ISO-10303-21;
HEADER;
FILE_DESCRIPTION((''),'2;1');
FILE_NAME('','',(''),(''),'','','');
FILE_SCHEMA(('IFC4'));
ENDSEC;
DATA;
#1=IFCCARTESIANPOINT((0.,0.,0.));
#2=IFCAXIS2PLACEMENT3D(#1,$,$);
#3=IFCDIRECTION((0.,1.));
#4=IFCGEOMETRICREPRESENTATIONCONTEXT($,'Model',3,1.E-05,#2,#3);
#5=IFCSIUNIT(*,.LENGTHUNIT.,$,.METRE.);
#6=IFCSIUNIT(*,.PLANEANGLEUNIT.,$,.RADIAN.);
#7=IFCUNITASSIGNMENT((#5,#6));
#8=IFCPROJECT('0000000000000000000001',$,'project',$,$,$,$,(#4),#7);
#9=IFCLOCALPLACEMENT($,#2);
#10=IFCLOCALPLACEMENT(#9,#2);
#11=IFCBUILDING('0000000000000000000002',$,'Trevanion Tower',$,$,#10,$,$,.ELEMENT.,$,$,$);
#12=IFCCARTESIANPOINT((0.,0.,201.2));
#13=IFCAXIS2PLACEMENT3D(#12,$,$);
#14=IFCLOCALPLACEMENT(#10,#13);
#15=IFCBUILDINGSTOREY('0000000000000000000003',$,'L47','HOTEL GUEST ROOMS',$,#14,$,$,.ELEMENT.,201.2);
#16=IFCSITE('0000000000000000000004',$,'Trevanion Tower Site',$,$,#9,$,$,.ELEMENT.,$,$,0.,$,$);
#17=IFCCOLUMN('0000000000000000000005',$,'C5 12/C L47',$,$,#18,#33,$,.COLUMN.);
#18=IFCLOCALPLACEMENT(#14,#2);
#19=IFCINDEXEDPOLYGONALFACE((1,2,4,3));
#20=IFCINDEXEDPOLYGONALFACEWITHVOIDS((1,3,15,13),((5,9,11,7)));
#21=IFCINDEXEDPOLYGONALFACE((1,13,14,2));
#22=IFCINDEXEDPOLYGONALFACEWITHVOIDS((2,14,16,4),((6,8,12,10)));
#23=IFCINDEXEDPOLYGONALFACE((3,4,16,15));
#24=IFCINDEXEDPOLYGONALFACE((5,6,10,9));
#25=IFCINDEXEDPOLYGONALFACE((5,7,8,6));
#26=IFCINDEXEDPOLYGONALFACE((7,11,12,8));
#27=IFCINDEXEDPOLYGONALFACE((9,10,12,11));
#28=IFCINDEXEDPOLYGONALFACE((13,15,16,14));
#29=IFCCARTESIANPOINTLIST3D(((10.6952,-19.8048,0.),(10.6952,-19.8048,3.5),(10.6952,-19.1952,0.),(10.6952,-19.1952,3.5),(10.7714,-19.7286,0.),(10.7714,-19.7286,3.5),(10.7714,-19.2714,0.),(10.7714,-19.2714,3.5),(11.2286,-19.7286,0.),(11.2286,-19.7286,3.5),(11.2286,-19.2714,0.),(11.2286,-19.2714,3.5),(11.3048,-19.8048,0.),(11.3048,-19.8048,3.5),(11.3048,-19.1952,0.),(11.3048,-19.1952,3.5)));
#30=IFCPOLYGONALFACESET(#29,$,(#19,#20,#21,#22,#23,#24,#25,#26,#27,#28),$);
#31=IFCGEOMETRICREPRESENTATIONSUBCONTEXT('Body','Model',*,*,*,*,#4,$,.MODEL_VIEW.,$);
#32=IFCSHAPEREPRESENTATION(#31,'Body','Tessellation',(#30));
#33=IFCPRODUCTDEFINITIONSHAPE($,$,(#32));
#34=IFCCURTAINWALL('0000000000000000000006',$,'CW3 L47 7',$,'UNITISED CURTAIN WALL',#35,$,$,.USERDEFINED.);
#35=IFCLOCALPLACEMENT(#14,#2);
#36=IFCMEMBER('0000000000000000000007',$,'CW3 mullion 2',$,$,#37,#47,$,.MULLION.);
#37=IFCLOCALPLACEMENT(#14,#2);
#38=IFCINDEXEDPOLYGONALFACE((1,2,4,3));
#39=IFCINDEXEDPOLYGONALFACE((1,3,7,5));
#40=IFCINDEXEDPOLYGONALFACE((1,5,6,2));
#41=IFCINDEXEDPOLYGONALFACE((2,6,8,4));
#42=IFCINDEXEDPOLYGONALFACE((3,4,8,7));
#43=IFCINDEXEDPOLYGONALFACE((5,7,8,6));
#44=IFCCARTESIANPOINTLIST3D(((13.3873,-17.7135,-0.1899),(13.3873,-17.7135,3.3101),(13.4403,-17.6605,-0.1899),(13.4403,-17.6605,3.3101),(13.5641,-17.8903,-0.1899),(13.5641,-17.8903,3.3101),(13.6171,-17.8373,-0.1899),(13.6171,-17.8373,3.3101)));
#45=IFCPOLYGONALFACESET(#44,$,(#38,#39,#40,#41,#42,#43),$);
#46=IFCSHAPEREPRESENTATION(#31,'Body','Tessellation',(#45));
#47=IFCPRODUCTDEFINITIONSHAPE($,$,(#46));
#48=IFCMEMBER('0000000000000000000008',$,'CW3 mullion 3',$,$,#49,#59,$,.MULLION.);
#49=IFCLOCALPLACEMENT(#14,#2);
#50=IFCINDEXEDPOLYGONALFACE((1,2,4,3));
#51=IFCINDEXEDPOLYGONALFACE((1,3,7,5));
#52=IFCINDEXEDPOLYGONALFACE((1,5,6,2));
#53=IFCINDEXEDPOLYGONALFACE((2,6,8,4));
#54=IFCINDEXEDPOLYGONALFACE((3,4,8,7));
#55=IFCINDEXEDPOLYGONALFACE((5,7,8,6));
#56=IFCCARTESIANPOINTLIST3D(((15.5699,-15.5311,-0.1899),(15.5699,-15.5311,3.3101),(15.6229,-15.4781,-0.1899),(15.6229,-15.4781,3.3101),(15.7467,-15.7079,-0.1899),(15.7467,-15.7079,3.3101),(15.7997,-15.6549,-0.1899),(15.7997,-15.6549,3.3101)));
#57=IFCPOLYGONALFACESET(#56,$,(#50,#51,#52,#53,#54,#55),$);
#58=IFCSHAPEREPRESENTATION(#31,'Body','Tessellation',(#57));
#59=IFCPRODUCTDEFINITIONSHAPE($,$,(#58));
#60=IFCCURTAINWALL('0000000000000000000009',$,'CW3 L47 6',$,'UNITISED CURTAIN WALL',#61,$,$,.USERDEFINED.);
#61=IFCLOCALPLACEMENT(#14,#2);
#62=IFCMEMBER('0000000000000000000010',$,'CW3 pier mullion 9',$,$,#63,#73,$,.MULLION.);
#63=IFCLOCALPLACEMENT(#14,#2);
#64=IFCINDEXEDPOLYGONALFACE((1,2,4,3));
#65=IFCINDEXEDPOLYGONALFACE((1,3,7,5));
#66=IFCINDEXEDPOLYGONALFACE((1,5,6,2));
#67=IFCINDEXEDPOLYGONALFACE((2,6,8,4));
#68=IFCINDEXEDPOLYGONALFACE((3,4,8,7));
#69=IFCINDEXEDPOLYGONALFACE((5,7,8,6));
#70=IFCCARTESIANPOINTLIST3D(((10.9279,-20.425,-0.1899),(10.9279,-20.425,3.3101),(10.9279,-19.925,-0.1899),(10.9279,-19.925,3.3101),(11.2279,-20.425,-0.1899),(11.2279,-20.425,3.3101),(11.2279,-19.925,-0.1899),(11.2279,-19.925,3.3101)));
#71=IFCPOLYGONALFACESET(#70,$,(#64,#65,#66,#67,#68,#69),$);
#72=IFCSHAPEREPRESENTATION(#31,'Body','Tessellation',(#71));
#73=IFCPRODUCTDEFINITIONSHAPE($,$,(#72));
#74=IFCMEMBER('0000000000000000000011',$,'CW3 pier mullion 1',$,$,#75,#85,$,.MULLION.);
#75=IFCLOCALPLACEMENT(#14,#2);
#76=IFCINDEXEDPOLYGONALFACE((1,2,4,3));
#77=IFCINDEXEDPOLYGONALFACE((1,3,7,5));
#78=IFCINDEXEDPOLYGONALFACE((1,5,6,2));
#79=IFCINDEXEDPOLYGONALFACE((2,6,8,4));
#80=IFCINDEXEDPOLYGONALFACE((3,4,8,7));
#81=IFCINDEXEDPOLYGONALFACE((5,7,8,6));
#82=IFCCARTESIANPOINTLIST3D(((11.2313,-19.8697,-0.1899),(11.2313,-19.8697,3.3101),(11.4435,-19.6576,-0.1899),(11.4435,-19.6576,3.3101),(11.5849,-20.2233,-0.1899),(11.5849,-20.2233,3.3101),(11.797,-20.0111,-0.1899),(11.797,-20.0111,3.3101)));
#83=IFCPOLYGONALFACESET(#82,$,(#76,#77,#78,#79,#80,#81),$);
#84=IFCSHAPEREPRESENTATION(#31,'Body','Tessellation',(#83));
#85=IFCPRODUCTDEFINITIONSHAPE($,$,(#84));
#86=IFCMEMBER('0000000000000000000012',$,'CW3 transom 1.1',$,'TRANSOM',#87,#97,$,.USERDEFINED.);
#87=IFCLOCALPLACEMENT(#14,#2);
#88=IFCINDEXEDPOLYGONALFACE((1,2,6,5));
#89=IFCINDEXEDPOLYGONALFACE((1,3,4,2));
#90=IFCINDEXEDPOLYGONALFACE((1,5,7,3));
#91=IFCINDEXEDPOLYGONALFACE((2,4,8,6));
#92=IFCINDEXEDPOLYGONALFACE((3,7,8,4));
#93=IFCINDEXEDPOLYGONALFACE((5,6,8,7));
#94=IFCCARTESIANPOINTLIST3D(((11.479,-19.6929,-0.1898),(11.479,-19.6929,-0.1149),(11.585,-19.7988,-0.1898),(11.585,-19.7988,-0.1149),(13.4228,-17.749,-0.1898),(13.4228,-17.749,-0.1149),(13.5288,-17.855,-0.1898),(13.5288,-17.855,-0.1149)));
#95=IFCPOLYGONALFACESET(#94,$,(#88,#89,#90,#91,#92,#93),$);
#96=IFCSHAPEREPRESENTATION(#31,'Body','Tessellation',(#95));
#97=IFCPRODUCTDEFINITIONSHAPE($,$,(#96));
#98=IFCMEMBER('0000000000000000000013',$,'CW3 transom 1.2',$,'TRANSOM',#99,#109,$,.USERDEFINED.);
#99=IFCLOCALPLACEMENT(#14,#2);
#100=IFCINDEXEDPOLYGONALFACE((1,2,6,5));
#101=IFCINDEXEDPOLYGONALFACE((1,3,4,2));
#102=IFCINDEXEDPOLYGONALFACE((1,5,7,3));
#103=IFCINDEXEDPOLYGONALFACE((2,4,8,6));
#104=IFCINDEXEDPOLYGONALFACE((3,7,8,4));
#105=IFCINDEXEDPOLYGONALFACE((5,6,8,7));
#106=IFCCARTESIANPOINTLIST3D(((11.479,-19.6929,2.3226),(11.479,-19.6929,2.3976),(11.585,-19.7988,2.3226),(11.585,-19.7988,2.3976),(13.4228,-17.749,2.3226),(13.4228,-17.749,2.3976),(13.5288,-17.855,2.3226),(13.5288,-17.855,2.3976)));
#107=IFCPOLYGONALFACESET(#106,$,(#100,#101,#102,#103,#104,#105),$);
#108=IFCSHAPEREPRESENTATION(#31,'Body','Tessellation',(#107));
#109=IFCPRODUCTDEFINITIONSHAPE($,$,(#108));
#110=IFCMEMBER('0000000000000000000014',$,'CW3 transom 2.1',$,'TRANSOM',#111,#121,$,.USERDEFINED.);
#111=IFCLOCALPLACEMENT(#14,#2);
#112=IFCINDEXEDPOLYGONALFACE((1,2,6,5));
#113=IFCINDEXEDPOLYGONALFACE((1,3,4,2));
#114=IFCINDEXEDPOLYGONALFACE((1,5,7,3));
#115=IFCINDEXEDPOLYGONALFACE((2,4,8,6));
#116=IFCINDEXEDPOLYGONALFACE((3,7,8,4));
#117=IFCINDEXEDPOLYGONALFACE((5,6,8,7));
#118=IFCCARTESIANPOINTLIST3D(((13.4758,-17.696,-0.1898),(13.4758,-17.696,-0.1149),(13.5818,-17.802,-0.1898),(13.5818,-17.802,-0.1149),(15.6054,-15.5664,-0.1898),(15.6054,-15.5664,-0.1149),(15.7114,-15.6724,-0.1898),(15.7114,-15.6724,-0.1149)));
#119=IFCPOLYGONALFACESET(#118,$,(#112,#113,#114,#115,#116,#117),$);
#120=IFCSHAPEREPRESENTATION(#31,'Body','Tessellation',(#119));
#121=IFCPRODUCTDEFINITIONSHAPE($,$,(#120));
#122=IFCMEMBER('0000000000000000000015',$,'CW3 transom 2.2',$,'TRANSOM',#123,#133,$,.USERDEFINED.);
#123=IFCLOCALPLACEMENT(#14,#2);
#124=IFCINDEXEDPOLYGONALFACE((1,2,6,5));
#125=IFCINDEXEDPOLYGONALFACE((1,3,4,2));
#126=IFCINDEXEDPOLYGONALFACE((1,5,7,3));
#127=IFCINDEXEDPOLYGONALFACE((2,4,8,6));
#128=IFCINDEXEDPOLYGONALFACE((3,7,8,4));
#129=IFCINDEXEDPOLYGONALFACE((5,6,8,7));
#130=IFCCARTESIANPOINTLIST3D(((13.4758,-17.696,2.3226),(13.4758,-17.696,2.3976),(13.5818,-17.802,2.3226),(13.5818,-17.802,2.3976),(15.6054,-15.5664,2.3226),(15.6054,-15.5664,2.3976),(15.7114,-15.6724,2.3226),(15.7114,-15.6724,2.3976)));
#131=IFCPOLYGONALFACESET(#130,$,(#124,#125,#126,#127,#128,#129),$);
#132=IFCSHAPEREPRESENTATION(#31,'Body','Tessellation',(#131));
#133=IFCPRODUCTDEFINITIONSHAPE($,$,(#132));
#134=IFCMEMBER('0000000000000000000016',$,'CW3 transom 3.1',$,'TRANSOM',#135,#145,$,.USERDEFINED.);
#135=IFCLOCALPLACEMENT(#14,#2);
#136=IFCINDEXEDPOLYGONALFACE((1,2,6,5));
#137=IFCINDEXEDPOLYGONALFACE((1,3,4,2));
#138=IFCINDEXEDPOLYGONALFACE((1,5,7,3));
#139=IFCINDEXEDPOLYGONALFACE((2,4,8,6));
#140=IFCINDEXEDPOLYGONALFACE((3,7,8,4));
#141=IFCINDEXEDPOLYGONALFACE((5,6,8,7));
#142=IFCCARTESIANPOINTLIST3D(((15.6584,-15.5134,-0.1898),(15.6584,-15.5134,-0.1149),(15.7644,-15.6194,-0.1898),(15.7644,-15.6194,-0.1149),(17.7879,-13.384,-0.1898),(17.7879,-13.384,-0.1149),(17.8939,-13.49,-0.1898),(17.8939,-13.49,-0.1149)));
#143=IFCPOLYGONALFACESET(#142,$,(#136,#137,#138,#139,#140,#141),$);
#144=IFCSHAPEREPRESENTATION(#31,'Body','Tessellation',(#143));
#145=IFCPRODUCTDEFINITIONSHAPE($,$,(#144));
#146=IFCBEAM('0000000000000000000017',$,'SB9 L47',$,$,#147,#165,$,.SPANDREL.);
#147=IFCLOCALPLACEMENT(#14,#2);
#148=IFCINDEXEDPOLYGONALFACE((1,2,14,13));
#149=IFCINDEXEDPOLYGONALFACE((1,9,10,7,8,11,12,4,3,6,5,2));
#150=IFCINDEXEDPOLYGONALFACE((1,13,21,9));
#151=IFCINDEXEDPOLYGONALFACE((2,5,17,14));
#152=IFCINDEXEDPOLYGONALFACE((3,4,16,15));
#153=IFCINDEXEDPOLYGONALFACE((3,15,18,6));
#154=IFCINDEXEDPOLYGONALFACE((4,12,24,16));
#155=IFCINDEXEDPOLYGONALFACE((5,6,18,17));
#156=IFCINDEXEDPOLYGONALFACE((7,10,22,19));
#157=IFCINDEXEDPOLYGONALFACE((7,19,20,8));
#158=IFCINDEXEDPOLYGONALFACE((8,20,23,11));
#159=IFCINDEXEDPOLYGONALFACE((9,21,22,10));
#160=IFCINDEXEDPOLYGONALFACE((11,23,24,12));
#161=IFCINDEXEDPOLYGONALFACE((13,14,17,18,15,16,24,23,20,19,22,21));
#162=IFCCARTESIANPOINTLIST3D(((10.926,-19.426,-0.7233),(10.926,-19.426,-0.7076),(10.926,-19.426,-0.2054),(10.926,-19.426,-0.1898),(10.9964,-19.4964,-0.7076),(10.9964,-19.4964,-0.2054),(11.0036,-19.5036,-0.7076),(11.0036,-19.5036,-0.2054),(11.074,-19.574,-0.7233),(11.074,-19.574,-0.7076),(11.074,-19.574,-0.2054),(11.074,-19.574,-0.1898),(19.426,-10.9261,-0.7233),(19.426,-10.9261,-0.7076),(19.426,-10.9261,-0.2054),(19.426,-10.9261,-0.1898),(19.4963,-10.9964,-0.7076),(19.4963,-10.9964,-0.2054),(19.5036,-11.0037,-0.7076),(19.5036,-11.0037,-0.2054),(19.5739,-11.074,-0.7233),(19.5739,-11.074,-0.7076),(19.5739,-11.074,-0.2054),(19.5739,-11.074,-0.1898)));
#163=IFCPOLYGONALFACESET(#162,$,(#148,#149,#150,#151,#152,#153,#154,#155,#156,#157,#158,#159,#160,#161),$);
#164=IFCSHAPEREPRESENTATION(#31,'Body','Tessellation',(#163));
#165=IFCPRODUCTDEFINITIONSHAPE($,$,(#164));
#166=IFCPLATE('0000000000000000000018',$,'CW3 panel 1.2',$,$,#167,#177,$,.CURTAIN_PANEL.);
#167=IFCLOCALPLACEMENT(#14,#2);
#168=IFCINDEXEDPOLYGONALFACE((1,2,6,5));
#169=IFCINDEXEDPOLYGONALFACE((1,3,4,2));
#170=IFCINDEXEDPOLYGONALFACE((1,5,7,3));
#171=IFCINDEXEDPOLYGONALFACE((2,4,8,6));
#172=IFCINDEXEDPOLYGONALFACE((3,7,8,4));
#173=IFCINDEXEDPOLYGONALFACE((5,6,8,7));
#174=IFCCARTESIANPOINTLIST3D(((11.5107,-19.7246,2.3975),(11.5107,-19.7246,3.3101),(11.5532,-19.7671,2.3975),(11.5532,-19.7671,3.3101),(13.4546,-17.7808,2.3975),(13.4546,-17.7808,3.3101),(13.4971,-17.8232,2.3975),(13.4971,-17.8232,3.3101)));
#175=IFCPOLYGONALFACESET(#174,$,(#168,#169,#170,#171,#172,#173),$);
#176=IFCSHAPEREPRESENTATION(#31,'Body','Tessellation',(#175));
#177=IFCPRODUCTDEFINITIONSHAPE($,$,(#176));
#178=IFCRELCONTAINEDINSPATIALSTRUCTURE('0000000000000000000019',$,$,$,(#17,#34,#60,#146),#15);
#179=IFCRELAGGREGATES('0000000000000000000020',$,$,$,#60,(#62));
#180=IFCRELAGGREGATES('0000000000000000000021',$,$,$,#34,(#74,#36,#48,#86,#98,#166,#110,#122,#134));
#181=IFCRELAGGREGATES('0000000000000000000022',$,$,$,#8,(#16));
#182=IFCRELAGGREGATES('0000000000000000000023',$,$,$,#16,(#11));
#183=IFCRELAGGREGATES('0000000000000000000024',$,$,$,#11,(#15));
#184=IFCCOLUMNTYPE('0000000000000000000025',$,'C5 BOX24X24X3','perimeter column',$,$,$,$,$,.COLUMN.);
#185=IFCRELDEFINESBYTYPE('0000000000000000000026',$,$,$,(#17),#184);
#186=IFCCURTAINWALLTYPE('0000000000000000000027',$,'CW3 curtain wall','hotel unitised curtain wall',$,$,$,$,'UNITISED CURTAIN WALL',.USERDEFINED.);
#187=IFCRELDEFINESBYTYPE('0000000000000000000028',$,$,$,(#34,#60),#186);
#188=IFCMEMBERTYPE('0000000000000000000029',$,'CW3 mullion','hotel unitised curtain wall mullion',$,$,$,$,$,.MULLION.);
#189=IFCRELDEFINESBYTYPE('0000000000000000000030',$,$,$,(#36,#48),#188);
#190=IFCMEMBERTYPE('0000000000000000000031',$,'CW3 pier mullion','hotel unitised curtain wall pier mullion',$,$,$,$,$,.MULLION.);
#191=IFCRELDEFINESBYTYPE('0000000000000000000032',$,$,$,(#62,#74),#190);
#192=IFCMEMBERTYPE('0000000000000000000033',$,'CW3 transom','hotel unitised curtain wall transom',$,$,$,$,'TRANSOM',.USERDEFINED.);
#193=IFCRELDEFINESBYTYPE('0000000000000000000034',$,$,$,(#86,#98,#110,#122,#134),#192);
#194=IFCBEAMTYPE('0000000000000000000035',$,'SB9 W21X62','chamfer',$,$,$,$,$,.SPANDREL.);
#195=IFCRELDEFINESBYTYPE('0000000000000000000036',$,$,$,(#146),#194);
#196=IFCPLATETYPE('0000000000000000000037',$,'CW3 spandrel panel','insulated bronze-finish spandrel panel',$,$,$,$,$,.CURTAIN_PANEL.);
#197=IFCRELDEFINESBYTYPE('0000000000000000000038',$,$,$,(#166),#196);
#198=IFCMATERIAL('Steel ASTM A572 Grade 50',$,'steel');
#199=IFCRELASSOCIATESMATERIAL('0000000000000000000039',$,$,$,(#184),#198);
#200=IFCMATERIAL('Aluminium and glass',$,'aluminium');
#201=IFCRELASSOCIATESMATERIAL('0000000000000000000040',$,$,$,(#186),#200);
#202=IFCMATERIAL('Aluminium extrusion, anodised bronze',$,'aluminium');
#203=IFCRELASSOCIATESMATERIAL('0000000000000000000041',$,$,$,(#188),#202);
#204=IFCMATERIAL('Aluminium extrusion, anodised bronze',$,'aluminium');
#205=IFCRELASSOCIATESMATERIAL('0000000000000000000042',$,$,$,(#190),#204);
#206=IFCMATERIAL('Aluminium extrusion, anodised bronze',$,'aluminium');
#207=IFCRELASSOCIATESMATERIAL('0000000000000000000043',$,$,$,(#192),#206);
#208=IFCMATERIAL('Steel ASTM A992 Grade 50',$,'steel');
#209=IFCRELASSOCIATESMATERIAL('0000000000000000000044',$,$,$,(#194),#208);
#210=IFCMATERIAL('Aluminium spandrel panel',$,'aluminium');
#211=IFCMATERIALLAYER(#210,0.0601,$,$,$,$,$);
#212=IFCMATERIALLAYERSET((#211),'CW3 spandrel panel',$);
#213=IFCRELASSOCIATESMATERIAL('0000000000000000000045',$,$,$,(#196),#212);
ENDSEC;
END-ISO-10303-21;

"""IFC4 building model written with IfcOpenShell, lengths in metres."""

from ifc_helpers import new_model, si_unit, direction, frame, origin, origin_2d, place, context, subcontext, project, spatial, rectangle, hollow_rectangle, i_section, extrude, material, layer, layer_set, material_profile, profile_set, type_object, element, aggregate, save


model = new_model("IFC4")

# Units and contexts
model_context = context("Model", 3, precision=1e-05, world=origin(), true_north=direction((0.0, 1.0)))
body_context = subcontext(model_context, "Body", "Model", "MODEL_VIEW")
ifc_project = project(units=[si_unit("LENGTHUNIT", "METRE"), si_unit("PLANEANGLEUNIT", "RADIAN")], contexts=[model_context])

# Site, building, storey
site_placement = place(None, origin())
site = spatial("IfcSite", under=ifc_project, at=site_placement, Name="Trevanion Tower Site", CompositionType="ELEMENT", RefElevation=0.0)
building_placement = place(site_placement, origin())
building = spatial("IfcBuilding", under=site, at=building_placement, Name="Trevanion Tower", CompositionType="ELEMENT")
storey_placement = place(building_placement, frame((0.0, 0.0, 201.2)))
storey = spatial("IfcBuildingStorey", under=building, at=storey_placement, Name="L47", Description="HOTEL GUEST ROOMS", CompositionType="ELEMENT", Elevation=201.2)

# Column
ifc_material_1 = material(Name="Steel ASTM A572 Grade 50", Category="steel")
ifc_material_profile_1 = material_profile(ifc_material_1, hollow_rectangle(XDim=0.6096, YDim=0.6096, WallThickness=0.0762, at=origin_2d()), Name="BOX24X24X3")
ifc_profile_set_1 = profile_set([ifc_material_profile_1], Name="Steel ASTM A572 Grade 50")
column_type = type_object("IfcColumnType", Name="C5 BOX24X24X3", Description="perimeter column", PredefinedType="COLUMN", material=ifc_profile_set_1)
column_placement = place(storey_placement, frame((11.0, -19.5, 0.0), z_axis=(0.0, 0.0, 1.0), x_axis=(1.0, 0.0, 0.0)))
element("IfcColumn", 1, at=column_placement, inside=storey, type_object=column_type, Name="C5 12/C L47", PredefinedType="COLUMN", context=body_context, shape_type="SweptSolid", body=[
    extrude(hollow_rectangle(XDim=0.6096, YDim=0.6096, WallThickness=0.0762, at=origin_2d()), origin(), (0.0, 0.0, 1.0), 3.5),
])

# Curtain wall, members
ifc_material_2 = material(Name="Aluminium and glass", Category="aluminium")
curtain_wall_type = type_object("IfcCurtainWallType", Name="CW3 curtain wall", Description="hotel unitised curtain wall", ElementType="UNITISED CURTAIN WALL", PredefinedType="USERDEFINED", material=ifc_material_2)
curtain_wall_1_placement = place(storey_placement, origin())
curtain_wall_1 = element("IfcCurtainWall", 2, at=curtain_wall_1_placement, inside=storey, type_object=curtain_wall_type, Name="CW3 L47 7", ObjectType="UNITISED CURTAIN WALL", PredefinedType="USERDEFINED")
ifc_material_3 = material(Name="Aluminium extrusion, anodised bronze", Category="aluminium")
ifc_material_profile_2 = material_profile(ifc_material_3, rectangle(XDim=0.075, YDim=0.25, at=origin_2d()), Name="CW3 mullion")
ifc_profile_set_2 = profile_set([ifc_material_profile_2], Name="Aluminium extrusion, anodised bronze")
member_type_1 = type_object("IfcMemberType", Name="CW3 mullion", Description="hotel unitised curtain wall mullion", PredefinedType="MULLION", material=ifc_profile_set_2)
member_1_placement = place(storey_placement, frame((13.5022, -17.7754, -0.1899), z_axis=(0.0, 0.0, 1.0), x_axis=(0.707107, 0.707107, 0.0)))
member_1 = element("IfcMember", 3, at=member_1_placement, type_object=member_type_1, Name="CW3 mullion 2", PredefinedType="MULLION", context=body_context, shape_type="SweptSolid", body=[
    extrude(rectangle(XDim=0.075, YDim=0.25, at=origin_2d()), origin(), (0.0, 0.0, 1.0), 3.5),
])
member_2_placement = place(storey_placement, frame((15.6848, -15.593, -0.1899), z_axis=(0.0, 0.0, 1.0), x_axis=(0.707107, 0.707107, 0.0)))
member_2 = element("IfcMember", 4, at=member_2_placement, type_object=member_type_1, Name="CW3 mullion 3", PredefinedType="MULLION", context=body_context, shape_type="SweptSolid", body=[
    extrude(rectangle(XDim=0.075, YDim=0.25, at=origin_2d()), origin(), (0.0, 0.0, 1.0), 3.5),
])

# Curtain wall, member
curtain_wall_2_placement = place(storey_placement, origin())
curtain_wall_2 = element("IfcCurtainWall", 5, at=curtain_wall_2_placement, inside=storey, type_object=curtain_wall_type, Name="CW3 L47 6", ObjectType="UNITISED CURTAIN WALL", PredefinedType="USERDEFINED")
ifc_material_4 = material(Name="Aluminium extrusion, anodised bronze", Category="aluminium")
ifc_material_profile_3 = material_profile(ifc_material_4, rectangle(XDim=0.3, YDim=0.5, at=origin_2d()), Name="CW3 pier mullion")
ifc_profile_set_3 = profile_set([ifc_material_profile_3], Name="Aluminium extrusion, anodised bronze")
member_type_2 = type_object("IfcMemberType", Name="CW3 pier mullion", Description="hotel unitised curtain wall pier mullion", PredefinedType="MULLION", material=ifc_profile_set_3)
member_3_placement = place(storey_placement, frame((11.0779, -20.175, -0.1899), z_axis=(0.0, 0.0, 1.0), x_axis=(1.0, 0.0, 0.0)))
member_3 = element("IfcMember", 6, at=member_3_placement, type_object=member_type_2, Name="CW3 pier mullion 9", PredefinedType="MULLION", context=body_context, shape_type="SweptSolid", body=[
    extrude(rectangle(XDim=0.3, YDim=0.5, at=origin_2d()), origin(), (0.0, 0.0, 1.0), 3.5),
])
aggregate(curtain_wall_2, [member_3])

# Members
member_4_placement = place(storey_placement, frame((11.5142, -19.9404, -0.1899), z_axis=(0.0, 0.0, 1.0), x_axis=(0.707107, 0.707107, 0.0)))
member_4 = element("IfcMember", 7, at=member_4_placement, type_object=member_type_2, Name="CW3 pier mullion 1", PredefinedType="MULLION", context=body_context, shape_type="SweptSolid", body=[
    extrude(rectangle(XDim=0.3, YDim=0.5, at=origin_2d()), origin(), (0.0, 0.0, 1.0), 3.5),
])
ifc_material_5 = material(Name="Aluminium extrusion, anodised bronze", Category="aluminium")
ifc_material_profile_4 = material_profile(ifc_material_5, rectangle(XDim=0.1499, YDim=0.075, at=origin_2d()), Name="CW3 transom")
ifc_profile_set_4 = profile_set([ifc_material_profile_4], Name="Aluminium extrusion, anodised bronze")
member_type_3 = type_object("IfcMemberType", Name="CW3 transom", Description="hotel unitised curtain wall transom", ElementType="TRANSOM", PredefinedType="USERDEFINED", material=ifc_profile_set_4)
member_5_placement = place(storey_placement, frame((11.532, -19.7458, -0.1523), z_axis=(0.707107, 0.707107, 0.0), x_axis=(-0.707107, 0.707107, 0.0)))
member_5 = element("IfcMember", 8, at=member_5_placement, type_object=member_type_3, Name="CW3 transom 1.1", ObjectType="TRANSOM", PredefinedType="USERDEFINED", context=body_context, shape_type="SweptSolid", body=[
    extrude(rectangle(XDim=0.1499, YDim=0.075, at=origin_2d()), origin(), (0.0, 0.0, 1.0), 2.749),
])
member_6_placement = place(storey_placement, frame((11.532, -19.7458, 2.3601), z_axis=(0.707107, 0.707107, 0.0), x_axis=(-0.707107, 0.707107, 0.0)))
member_6 = element("IfcMember", 9, at=member_6_placement, type_object=member_type_3, Name="CW3 transom 1.2", ObjectType="TRANSOM", PredefinedType="USERDEFINED", context=body_context, shape_type="SweptSolid", body=[
    extrude(rectangle(XDim=0.1499, YDim=0.075, at=origin_2d()), origin(), (0.0, 0.0, 1.0), 2.749),
])
member_7_placement = place(storey_placement, frame((13.5288, -17.749, -0.1523), z_axis=(0.707107, 0.707107, 0.0), x_axis=(-0.707107, 0.707107, 0.0)))
member_7 = element("IfcMember", 10, at=member_7_placement, type_object=member_type_3, Name="CW3 transom 2.1", ObjectType="TRANSOM", PredefinedType="USERDEFINED", context=body_context, shape_type="SweptSolid", body=[
    extrude(rectangle(XDim=0.1499, YDim=0.075, at=origin_2d()), origin(), (0.0, 0.0, 1.0), 3.0117),
])
member_8_placement = place(storey_placement, frame((13.5288, -17.749, 2.3601), z_axis=(0.707107, 0.707107, 0.0), x_axis=(-0.707107, 0.707107, 0.0)))
member_8 = element("IfcMember", 11, at=member_8_placement, type_object=member_type_3, Name="CW3 transom 2.2", ObjectType="TRANSOM", PredefinedType="USERDEFINED", context=body_context, shape_type="SweptSolid", body=[
    extrude(rectangle(XDim=0.1499, YDim=0.075, at=origin_2d()), origin(), (0.0, 0.0, 1.0), 3.0117),
])
member_9_placement = place(storey_placement, frame((15.7114, -15.5664, -0.1523), z_axis=(0.707107, 0.707107, 0.0), x_axis=(-0.707107, 0.707107, 0.0)))
member_9 = element("IfcMember", 12, at=member_9_placement, type_object=member_type_3, Name="CW3 transom 3.1", ObjectType="TRANSOM", PredefinedType="USERDEFINED", context=body_context, shape_type="SweptSolid", body=[
    extrude(rectangle(XDim=0.1499, YDim=0.075, at=origin_2d()), origin(), (0.0, 0.0, 1.0), 3.0115),
])

# Beam
ifc_material_6 = material(Name="Steel ASTM A992 Grade 50", Category="steel")
ifc_material_profile_5 = material_profile(ifc_material_6, i_section(OverallWidth=0.2092, OverallDepth=0.5334, WebThickness=0.0103, FlangeThickness=0.0156, at=origin_2d()), Name="W21X62")
ifc_profile_set_5 = profile_set([ifc_material_profile_5], Name="Steel ASTM A992 Grade 50")
beam_type = type_object("IfcBeamType", Name="SB9 W21X62", Description="chamfer", PredefinedType="SPANDREL", material=ifc_profile_set_5)
beam_placement = place(storey_placement, frame((11.0, -19.5, -0.4565), z_axis=(0.707107, 0.707107, 0.0), x_axis=(-0.707107, 0.707107, 0.0)))
element("IfcBeam", 13, at=beam_placement, inside=storey, type_object=beam_type, Name="SB9 L47", PredefinedType="SPANDREL", context=body_context, shape_type="SweptSolid", body=[
    extrude(i_section(OverallWidth=0.2092, OverallDepth=0.5334, WebThickness=0.0103, FlangeThickness=0.0156, at=origin_2d()), origin(), (0.0, 0.0, 1.0), 12.0208),
])

# Plate
ifc_material_7 = material(Name="Aluminium spandrel panel", Category="aluminium")
ifc_layer_1 = layer(ifc_material_7, 0.0601)
ifc_layer_set_1 = layer_set([ifc_layer_1], Name="CW3 spandrel panel")
plate_type_1 = type_object("IfcPlateType", Name="CW3 spandrel panel", Description="insulated bronze-finish spandrel panel", PredefinedType="CURTAIN_PANEL", material=ifc_layer_set_1)
plate_1_placement = place(storey_placement, frame((12.5039, -18.7739, 2.3975), z_axis=(0.0, 0.0, 1.0), x_axis=(0.707107, 0.707107, 0.0)))
plate_1 = element("IfcPlate", 14, at=plate_1_placement, type_object=plate_type_1, Name="CW3 panel 1.2", PredefinedType="CURTAIN_PANEL", context=body_context, shape_type="SweptSolid", body=[
    extrude(rectangle(XDim=2.749, YDim=0.0601, at=origin_2d()), origin(), (0.0, 0.0, 1.0), 0.9126),
])
aggregate(curtain_wall_1, [member_4, member_1, member_2, member_5, member_6, plate_1, member_7, member_8, member_9])

save(model, "model.ifc")
